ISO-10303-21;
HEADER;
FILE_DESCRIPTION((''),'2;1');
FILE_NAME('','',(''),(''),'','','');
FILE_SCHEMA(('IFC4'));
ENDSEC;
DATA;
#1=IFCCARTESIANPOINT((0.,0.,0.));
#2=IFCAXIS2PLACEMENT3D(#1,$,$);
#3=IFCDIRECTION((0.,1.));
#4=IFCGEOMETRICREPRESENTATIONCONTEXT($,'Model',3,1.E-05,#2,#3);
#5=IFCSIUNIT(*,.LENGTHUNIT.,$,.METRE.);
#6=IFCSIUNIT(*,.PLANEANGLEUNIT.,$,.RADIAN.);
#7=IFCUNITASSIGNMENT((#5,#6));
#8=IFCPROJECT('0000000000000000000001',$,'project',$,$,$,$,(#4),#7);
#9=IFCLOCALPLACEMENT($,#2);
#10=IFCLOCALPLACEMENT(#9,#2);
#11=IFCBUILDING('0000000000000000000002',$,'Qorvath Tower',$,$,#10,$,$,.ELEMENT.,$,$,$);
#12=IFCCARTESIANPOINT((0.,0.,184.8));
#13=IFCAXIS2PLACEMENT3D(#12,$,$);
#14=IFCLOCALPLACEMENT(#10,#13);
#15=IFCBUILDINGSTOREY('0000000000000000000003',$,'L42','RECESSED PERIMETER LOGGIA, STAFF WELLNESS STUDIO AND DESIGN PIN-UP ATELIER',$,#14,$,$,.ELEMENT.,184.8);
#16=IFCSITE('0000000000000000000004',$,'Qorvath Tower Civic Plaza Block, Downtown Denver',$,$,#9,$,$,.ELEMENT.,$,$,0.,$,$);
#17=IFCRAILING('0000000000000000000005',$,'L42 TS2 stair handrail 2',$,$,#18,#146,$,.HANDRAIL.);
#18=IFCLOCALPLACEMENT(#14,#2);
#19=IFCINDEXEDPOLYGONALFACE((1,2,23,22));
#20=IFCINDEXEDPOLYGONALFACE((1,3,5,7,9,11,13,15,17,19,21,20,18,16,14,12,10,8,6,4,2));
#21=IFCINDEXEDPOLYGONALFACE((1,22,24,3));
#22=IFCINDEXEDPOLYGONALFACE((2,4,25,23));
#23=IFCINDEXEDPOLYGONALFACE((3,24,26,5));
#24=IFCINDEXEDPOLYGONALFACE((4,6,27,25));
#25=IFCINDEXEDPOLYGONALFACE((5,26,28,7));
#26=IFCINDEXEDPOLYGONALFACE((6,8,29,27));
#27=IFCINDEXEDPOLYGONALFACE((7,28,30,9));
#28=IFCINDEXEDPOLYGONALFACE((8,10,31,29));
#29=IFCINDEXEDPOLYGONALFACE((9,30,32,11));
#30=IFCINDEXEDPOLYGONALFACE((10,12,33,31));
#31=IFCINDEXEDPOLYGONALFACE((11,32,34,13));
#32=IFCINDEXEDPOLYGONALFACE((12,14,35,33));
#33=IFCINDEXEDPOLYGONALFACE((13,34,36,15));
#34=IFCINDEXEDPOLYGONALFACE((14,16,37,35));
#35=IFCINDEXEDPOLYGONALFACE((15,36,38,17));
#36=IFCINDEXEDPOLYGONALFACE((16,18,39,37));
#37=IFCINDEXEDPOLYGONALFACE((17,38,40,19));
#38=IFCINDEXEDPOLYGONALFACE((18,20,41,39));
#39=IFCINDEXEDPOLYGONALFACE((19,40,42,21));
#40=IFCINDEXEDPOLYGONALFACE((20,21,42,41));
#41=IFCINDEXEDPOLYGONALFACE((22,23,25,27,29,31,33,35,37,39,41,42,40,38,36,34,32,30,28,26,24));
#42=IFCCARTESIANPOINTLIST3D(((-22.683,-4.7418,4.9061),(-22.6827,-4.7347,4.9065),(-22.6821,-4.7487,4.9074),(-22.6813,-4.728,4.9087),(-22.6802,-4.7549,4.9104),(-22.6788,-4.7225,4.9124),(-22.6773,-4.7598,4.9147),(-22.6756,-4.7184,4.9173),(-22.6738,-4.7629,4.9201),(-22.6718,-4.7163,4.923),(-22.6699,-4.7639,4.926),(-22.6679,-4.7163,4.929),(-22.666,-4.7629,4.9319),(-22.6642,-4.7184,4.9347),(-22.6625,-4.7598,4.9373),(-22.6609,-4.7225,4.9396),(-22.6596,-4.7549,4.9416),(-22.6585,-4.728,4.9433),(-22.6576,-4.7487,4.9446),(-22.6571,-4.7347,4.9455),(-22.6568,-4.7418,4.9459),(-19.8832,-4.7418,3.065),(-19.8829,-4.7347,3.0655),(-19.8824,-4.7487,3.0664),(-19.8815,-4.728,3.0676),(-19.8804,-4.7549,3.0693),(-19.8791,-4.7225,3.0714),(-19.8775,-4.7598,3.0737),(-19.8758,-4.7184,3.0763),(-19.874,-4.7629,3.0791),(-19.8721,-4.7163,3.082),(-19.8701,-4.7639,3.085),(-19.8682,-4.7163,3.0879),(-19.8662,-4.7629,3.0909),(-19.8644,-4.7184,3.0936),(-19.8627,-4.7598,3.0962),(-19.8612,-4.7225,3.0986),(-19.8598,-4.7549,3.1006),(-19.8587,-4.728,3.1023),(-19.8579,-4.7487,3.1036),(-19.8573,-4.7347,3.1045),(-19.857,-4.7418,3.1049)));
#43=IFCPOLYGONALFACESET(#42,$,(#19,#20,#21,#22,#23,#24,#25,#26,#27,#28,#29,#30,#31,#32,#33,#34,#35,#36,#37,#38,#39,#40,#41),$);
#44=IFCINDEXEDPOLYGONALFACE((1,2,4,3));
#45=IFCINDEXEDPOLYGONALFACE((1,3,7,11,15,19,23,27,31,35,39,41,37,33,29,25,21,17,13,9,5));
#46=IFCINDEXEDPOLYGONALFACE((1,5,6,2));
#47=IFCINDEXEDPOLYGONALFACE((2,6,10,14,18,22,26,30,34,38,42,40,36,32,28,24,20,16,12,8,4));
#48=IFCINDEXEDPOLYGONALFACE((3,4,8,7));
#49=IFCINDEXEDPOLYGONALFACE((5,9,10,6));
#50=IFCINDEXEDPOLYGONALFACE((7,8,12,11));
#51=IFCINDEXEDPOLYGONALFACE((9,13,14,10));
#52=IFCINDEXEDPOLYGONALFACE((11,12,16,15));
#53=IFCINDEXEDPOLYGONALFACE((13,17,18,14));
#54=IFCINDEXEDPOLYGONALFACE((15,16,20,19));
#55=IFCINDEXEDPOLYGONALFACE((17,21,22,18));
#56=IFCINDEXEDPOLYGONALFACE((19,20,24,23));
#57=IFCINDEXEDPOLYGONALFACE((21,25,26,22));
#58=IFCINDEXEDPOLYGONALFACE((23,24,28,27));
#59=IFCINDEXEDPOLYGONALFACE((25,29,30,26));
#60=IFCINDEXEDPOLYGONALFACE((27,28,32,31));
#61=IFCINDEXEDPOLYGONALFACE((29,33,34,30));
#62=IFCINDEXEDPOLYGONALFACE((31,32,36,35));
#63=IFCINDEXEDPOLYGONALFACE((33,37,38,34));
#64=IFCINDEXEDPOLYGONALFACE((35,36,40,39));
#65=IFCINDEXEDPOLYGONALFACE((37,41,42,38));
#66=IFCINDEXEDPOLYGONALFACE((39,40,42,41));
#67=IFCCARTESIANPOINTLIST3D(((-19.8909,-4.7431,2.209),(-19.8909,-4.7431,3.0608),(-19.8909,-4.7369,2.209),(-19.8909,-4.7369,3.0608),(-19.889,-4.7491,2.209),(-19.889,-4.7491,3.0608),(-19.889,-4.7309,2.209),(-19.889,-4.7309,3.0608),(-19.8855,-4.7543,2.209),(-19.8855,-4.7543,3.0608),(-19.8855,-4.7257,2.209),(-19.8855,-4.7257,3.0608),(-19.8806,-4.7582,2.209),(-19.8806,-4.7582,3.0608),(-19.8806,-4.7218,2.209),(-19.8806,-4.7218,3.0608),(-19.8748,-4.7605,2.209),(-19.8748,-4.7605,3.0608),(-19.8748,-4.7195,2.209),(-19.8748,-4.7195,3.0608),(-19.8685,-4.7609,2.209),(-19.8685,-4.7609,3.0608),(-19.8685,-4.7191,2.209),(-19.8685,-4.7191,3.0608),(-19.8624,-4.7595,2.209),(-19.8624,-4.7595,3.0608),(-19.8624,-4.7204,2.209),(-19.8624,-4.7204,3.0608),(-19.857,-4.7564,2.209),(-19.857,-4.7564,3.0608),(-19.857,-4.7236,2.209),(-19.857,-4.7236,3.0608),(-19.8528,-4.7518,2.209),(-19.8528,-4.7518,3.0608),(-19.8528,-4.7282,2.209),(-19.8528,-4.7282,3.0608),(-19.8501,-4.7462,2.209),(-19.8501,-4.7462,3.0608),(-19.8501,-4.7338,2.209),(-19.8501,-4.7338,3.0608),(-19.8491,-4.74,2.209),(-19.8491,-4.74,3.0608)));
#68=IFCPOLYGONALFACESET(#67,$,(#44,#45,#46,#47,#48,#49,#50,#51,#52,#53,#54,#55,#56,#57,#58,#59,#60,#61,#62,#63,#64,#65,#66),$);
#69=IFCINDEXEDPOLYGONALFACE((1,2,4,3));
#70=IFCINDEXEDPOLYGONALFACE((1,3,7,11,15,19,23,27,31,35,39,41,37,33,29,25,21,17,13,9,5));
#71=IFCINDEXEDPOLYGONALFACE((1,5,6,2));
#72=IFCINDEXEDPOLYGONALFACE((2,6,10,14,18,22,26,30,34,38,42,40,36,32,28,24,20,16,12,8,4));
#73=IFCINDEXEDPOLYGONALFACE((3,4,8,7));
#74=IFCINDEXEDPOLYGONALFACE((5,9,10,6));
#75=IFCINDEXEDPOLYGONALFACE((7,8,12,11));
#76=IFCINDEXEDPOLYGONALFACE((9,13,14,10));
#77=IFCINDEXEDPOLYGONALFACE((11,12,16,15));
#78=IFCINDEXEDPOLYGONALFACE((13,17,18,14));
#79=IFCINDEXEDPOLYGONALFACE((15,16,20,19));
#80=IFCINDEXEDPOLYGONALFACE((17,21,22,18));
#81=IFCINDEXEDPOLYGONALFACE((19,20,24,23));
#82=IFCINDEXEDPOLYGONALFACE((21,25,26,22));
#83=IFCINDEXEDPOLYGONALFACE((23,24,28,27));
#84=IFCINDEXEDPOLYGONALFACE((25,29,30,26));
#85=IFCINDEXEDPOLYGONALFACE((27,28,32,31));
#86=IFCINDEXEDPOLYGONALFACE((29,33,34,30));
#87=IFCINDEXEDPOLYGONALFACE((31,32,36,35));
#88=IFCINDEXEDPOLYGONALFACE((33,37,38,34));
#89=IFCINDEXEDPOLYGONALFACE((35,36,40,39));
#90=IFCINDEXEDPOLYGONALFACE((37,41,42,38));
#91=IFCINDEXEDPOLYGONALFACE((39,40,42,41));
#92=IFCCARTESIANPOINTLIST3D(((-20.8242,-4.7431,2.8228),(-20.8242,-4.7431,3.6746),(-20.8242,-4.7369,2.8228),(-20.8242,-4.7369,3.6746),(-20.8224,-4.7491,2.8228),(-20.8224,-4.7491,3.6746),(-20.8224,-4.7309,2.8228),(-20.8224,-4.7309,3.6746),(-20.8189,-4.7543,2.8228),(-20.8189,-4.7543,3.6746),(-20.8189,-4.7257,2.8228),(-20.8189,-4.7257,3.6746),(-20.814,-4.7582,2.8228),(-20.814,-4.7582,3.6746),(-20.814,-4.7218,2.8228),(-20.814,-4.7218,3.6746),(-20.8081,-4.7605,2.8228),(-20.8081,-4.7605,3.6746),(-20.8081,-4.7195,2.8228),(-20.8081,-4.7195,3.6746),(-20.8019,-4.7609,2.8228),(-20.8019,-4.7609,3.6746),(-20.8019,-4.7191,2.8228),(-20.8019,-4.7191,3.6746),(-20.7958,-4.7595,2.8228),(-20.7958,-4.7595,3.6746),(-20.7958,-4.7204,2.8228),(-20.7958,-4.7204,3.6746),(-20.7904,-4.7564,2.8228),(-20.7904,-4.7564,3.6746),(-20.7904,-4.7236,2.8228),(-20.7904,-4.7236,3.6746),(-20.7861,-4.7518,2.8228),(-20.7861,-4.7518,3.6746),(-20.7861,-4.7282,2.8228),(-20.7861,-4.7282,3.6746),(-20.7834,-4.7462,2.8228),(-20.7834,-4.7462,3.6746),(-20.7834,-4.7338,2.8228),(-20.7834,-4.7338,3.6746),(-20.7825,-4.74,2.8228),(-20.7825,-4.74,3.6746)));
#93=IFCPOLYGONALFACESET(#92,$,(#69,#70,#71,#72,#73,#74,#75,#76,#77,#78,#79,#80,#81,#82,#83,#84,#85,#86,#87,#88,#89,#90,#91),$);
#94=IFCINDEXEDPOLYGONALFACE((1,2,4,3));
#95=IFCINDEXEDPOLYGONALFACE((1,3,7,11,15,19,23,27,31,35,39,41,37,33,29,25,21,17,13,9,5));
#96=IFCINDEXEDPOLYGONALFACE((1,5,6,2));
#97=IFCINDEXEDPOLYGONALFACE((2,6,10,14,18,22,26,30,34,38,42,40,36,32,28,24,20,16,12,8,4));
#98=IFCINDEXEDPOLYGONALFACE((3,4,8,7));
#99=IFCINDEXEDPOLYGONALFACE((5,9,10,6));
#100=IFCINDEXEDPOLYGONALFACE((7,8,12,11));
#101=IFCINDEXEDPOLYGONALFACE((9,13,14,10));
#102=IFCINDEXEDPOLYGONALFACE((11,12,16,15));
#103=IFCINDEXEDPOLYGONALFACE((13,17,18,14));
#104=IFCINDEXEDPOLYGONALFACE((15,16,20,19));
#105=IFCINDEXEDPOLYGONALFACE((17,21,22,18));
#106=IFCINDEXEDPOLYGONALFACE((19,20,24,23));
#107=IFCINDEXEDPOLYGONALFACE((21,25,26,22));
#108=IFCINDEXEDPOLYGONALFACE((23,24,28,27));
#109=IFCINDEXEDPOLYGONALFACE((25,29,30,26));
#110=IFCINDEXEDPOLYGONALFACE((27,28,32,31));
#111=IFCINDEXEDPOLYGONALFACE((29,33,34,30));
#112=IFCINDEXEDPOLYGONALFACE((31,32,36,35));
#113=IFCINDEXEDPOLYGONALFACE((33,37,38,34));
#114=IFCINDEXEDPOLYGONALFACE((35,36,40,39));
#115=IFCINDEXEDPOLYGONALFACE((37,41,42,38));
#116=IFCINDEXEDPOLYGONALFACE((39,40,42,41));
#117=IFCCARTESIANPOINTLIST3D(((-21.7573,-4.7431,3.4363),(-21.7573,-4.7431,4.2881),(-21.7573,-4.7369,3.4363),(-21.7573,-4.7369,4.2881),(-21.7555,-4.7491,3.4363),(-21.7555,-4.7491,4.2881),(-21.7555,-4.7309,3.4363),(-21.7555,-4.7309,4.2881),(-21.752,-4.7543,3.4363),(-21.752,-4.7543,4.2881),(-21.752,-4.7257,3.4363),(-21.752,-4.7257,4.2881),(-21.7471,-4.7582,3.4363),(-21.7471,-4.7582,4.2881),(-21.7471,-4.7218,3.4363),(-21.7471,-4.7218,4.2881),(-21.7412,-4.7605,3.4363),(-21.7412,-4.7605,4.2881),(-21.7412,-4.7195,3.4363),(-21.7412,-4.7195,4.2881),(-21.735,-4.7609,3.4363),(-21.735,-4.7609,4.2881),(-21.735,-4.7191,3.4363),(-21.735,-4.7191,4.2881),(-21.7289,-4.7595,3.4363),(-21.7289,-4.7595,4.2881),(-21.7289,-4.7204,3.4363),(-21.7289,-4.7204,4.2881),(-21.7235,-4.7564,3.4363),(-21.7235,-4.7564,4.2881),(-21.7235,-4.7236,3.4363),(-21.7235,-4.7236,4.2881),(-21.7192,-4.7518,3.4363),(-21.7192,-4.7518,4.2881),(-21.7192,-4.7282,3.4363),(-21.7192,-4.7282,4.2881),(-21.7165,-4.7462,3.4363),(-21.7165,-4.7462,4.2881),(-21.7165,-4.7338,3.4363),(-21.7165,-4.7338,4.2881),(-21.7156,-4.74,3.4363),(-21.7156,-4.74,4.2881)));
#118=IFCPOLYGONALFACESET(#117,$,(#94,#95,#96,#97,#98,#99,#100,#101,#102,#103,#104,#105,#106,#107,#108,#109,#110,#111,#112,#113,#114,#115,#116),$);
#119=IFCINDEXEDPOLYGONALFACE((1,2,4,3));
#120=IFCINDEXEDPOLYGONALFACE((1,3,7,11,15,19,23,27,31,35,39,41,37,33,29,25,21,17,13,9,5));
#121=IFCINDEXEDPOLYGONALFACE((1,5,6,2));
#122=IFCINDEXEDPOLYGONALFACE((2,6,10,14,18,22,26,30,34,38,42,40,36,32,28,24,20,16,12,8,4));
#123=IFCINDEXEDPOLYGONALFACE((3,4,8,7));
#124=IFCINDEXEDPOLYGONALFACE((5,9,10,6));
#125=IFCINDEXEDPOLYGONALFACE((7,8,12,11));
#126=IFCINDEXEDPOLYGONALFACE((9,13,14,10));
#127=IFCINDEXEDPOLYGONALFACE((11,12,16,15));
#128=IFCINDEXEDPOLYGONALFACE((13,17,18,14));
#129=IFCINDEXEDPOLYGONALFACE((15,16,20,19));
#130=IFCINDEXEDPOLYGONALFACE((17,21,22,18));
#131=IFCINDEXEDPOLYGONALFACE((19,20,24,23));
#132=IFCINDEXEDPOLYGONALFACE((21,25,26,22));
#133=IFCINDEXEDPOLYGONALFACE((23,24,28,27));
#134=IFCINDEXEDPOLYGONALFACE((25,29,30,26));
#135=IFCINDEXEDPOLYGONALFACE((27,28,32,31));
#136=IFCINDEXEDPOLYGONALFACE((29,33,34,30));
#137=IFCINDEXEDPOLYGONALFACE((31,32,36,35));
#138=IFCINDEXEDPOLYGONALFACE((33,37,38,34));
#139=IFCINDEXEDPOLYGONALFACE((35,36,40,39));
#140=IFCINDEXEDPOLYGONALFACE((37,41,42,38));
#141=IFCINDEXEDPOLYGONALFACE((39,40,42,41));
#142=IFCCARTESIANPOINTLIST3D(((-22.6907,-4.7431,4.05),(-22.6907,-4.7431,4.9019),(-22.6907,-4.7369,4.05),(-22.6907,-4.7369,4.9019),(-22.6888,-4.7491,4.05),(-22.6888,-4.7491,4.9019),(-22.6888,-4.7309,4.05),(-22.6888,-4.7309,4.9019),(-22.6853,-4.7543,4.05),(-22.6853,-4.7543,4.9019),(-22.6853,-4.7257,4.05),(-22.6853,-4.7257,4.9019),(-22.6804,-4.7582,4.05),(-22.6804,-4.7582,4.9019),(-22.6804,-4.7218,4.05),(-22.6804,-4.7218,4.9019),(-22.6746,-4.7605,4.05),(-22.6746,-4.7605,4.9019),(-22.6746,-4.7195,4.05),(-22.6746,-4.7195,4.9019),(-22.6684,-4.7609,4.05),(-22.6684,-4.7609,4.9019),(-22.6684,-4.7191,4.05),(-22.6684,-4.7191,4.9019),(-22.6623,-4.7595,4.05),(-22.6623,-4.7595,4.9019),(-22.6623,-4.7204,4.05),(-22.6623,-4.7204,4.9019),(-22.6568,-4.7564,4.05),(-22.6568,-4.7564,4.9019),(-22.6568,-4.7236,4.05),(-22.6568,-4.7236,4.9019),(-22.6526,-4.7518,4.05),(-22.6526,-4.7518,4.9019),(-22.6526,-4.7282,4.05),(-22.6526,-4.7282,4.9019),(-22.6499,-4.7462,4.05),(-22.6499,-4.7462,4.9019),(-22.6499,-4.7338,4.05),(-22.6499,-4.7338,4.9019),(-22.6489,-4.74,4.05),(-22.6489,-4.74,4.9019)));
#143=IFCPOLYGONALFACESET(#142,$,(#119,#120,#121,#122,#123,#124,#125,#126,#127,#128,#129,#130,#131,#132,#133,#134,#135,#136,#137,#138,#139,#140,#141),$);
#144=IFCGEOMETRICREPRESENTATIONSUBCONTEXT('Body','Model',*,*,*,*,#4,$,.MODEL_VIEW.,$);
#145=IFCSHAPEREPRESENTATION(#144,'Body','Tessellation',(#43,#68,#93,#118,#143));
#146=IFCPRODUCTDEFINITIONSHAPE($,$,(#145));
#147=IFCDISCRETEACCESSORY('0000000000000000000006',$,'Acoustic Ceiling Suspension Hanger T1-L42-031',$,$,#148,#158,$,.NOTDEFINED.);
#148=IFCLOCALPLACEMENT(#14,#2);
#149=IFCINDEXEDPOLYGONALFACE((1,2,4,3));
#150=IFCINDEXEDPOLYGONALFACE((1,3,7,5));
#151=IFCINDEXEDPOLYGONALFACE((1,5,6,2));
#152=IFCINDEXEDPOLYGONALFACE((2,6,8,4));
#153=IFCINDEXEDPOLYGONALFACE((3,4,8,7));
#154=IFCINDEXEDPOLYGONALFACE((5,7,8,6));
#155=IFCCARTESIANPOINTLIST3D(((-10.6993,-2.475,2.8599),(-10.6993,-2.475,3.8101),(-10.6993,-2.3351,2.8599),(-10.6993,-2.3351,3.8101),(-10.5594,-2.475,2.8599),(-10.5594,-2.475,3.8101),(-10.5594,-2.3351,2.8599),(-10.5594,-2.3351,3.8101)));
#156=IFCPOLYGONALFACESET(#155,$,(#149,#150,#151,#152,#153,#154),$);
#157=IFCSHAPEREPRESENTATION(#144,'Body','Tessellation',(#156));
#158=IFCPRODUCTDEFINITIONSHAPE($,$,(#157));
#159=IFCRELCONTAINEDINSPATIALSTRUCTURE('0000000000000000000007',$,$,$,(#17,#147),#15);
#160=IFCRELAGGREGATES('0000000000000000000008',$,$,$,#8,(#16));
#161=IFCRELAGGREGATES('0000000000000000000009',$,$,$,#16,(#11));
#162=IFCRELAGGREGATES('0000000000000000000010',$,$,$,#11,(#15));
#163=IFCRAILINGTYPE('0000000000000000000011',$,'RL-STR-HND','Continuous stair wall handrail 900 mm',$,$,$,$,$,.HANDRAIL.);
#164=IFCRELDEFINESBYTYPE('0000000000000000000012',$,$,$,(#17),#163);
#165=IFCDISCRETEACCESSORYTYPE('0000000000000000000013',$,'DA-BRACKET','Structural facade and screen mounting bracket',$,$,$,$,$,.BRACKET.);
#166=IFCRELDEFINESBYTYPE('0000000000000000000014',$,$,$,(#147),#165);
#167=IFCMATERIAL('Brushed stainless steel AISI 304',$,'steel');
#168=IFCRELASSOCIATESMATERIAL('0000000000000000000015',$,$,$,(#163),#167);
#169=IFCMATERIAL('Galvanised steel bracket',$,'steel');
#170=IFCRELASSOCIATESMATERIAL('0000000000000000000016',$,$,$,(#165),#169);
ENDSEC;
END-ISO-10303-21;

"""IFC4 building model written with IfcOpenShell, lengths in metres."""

from ifc_helpers import new_model, si_unit, direction, frame, origin, origin_2d, place, context, subcontext, project, spatial, rectangle, circle, extrude, material, type_object, element, save


model = new_model("IFC4")

# Units and contexts
model_context = context("Model", 3, precision=1e-05, world=origin(), true_north=direction((0.0, 1.0)))
body_context = subcontext(model_context, "Body", "Model", "MODEL_VIEW")
ifc_project = project(units=[si_unit("LENGTHUNIT", "METRE"), si_unit("PLANEANGLEUNIT", "RADIAN")], contexts=[model_context])

# Site, building, storey
site_placement = place(None, origin())
site = spatial("IfcSite", under=ifc_project, at=site_placement, Name="Qorvath Tower Civic Plaza Block, Downtown Denver", CompositionType="ELEMENT", RefElevation=0.0)
building_placement = place(site_placement, origin())
building = spatial("IfcBuilding", under=site, at=building_placement, Name="Qorvath Tower", CompositionType="ELEMENT")
storey_placement = place(building_placement, frame((0.0, 0.0, 184.8)))
storey = spatial("IfcBuildingStorey", under=building, at=storey_placement, Name="L42", Description="RECESSED PERIMETER LOGGIA, STAFF WELLNESS STUDIO AND DESIGN PIN-UP ATELIER", CompositionType="ELEMENT", Elevation=184.8)

# Railing
ifc_material_1 = material(Name="Brushed stainless steel AISI 304", Category="steel")
railing_type = type_object("IfcRailingType", Name="RL-STR-HND", Description="Continuous stair wall handrail 900 mm", PredefinedType="HANDRAIL", material=ifc_material_1)
railing_placement = place(storey_placement, frame((-19.8701, -4.74, 2.209)))
element("IfcRailing", 1, at=railing_placement, inside=storey, type_object=railing_type, Name="L42 TS2 stair handrail 2", PredefinedType="HANDRAIL", context=body_context, shape_type="SweptSolid", body=[
    extrude(circle(Radius=0.0239, at=origin_2d()), frame((0.0, 0.0, 0.876), z_axis=(-0.835542, 0.0, 0.549426), x_axis=(0.0, -1.0, 0.0)), (0.0, 0.0, 1.0), 3.3508),
    extrude(circle(Radius=0.021, at=origin_2d()), origin(), (0.0, 0.0, 1.0), 0.8518),
    extrude(circle(Radius=0.021, at=origin_2d()), frame((-0.9333, 0.0, 0.6138)), (0.0, 0.0, 1.0), 0.8518),
    extrude(circle(Radius=0.021, at=origin_2d()), frame((-1.8665, 0.0, 1.2273)), (0.0, 0.0, 1.0), 0.8518),
    extrude(circle(Radius=0.021, at=origin_2d()), frame((-2.7998, 0.0, 1.8411)), (0.0, 0.0, 1.0), 0.8518),
])

# Discrete accessory
ifc_material_2 = material(Name="Galvanised steel bracket", Category="steel")
discrete_accessory_type = type_object("IfcDiscreteAccessoryType", Name="DA-BRACKET", Description="Structural facade and screen mounting bracket", PredefinedType="BRACKET", material=ifc_material_2)
discrete_accessory_placement = place(storey_placement, frame((-10.6294, -2.405, 2.8599), z_axis=(0.0, 0.0, 1.0), x_axis=(1.0, 0.0, 0.0)))
element("IfcDiscreteAccessory", 2, at=discrete_accessory_placement, inside=storey, type_object=discrete_accessory_type, Name="Acoustic Ceiling Suspension Hanger T1-L42-031", PredefinedType="NOTDEFINED", context=body_context, shape_type="SweptSolid", body=[
    extrude(rectangle(XDim=0.1399, YDim=0.1399, at=origin_2d()), origin(), (0.0, 0.0, 1.0), 0.9502),
])

save(model, "model.ifc")
